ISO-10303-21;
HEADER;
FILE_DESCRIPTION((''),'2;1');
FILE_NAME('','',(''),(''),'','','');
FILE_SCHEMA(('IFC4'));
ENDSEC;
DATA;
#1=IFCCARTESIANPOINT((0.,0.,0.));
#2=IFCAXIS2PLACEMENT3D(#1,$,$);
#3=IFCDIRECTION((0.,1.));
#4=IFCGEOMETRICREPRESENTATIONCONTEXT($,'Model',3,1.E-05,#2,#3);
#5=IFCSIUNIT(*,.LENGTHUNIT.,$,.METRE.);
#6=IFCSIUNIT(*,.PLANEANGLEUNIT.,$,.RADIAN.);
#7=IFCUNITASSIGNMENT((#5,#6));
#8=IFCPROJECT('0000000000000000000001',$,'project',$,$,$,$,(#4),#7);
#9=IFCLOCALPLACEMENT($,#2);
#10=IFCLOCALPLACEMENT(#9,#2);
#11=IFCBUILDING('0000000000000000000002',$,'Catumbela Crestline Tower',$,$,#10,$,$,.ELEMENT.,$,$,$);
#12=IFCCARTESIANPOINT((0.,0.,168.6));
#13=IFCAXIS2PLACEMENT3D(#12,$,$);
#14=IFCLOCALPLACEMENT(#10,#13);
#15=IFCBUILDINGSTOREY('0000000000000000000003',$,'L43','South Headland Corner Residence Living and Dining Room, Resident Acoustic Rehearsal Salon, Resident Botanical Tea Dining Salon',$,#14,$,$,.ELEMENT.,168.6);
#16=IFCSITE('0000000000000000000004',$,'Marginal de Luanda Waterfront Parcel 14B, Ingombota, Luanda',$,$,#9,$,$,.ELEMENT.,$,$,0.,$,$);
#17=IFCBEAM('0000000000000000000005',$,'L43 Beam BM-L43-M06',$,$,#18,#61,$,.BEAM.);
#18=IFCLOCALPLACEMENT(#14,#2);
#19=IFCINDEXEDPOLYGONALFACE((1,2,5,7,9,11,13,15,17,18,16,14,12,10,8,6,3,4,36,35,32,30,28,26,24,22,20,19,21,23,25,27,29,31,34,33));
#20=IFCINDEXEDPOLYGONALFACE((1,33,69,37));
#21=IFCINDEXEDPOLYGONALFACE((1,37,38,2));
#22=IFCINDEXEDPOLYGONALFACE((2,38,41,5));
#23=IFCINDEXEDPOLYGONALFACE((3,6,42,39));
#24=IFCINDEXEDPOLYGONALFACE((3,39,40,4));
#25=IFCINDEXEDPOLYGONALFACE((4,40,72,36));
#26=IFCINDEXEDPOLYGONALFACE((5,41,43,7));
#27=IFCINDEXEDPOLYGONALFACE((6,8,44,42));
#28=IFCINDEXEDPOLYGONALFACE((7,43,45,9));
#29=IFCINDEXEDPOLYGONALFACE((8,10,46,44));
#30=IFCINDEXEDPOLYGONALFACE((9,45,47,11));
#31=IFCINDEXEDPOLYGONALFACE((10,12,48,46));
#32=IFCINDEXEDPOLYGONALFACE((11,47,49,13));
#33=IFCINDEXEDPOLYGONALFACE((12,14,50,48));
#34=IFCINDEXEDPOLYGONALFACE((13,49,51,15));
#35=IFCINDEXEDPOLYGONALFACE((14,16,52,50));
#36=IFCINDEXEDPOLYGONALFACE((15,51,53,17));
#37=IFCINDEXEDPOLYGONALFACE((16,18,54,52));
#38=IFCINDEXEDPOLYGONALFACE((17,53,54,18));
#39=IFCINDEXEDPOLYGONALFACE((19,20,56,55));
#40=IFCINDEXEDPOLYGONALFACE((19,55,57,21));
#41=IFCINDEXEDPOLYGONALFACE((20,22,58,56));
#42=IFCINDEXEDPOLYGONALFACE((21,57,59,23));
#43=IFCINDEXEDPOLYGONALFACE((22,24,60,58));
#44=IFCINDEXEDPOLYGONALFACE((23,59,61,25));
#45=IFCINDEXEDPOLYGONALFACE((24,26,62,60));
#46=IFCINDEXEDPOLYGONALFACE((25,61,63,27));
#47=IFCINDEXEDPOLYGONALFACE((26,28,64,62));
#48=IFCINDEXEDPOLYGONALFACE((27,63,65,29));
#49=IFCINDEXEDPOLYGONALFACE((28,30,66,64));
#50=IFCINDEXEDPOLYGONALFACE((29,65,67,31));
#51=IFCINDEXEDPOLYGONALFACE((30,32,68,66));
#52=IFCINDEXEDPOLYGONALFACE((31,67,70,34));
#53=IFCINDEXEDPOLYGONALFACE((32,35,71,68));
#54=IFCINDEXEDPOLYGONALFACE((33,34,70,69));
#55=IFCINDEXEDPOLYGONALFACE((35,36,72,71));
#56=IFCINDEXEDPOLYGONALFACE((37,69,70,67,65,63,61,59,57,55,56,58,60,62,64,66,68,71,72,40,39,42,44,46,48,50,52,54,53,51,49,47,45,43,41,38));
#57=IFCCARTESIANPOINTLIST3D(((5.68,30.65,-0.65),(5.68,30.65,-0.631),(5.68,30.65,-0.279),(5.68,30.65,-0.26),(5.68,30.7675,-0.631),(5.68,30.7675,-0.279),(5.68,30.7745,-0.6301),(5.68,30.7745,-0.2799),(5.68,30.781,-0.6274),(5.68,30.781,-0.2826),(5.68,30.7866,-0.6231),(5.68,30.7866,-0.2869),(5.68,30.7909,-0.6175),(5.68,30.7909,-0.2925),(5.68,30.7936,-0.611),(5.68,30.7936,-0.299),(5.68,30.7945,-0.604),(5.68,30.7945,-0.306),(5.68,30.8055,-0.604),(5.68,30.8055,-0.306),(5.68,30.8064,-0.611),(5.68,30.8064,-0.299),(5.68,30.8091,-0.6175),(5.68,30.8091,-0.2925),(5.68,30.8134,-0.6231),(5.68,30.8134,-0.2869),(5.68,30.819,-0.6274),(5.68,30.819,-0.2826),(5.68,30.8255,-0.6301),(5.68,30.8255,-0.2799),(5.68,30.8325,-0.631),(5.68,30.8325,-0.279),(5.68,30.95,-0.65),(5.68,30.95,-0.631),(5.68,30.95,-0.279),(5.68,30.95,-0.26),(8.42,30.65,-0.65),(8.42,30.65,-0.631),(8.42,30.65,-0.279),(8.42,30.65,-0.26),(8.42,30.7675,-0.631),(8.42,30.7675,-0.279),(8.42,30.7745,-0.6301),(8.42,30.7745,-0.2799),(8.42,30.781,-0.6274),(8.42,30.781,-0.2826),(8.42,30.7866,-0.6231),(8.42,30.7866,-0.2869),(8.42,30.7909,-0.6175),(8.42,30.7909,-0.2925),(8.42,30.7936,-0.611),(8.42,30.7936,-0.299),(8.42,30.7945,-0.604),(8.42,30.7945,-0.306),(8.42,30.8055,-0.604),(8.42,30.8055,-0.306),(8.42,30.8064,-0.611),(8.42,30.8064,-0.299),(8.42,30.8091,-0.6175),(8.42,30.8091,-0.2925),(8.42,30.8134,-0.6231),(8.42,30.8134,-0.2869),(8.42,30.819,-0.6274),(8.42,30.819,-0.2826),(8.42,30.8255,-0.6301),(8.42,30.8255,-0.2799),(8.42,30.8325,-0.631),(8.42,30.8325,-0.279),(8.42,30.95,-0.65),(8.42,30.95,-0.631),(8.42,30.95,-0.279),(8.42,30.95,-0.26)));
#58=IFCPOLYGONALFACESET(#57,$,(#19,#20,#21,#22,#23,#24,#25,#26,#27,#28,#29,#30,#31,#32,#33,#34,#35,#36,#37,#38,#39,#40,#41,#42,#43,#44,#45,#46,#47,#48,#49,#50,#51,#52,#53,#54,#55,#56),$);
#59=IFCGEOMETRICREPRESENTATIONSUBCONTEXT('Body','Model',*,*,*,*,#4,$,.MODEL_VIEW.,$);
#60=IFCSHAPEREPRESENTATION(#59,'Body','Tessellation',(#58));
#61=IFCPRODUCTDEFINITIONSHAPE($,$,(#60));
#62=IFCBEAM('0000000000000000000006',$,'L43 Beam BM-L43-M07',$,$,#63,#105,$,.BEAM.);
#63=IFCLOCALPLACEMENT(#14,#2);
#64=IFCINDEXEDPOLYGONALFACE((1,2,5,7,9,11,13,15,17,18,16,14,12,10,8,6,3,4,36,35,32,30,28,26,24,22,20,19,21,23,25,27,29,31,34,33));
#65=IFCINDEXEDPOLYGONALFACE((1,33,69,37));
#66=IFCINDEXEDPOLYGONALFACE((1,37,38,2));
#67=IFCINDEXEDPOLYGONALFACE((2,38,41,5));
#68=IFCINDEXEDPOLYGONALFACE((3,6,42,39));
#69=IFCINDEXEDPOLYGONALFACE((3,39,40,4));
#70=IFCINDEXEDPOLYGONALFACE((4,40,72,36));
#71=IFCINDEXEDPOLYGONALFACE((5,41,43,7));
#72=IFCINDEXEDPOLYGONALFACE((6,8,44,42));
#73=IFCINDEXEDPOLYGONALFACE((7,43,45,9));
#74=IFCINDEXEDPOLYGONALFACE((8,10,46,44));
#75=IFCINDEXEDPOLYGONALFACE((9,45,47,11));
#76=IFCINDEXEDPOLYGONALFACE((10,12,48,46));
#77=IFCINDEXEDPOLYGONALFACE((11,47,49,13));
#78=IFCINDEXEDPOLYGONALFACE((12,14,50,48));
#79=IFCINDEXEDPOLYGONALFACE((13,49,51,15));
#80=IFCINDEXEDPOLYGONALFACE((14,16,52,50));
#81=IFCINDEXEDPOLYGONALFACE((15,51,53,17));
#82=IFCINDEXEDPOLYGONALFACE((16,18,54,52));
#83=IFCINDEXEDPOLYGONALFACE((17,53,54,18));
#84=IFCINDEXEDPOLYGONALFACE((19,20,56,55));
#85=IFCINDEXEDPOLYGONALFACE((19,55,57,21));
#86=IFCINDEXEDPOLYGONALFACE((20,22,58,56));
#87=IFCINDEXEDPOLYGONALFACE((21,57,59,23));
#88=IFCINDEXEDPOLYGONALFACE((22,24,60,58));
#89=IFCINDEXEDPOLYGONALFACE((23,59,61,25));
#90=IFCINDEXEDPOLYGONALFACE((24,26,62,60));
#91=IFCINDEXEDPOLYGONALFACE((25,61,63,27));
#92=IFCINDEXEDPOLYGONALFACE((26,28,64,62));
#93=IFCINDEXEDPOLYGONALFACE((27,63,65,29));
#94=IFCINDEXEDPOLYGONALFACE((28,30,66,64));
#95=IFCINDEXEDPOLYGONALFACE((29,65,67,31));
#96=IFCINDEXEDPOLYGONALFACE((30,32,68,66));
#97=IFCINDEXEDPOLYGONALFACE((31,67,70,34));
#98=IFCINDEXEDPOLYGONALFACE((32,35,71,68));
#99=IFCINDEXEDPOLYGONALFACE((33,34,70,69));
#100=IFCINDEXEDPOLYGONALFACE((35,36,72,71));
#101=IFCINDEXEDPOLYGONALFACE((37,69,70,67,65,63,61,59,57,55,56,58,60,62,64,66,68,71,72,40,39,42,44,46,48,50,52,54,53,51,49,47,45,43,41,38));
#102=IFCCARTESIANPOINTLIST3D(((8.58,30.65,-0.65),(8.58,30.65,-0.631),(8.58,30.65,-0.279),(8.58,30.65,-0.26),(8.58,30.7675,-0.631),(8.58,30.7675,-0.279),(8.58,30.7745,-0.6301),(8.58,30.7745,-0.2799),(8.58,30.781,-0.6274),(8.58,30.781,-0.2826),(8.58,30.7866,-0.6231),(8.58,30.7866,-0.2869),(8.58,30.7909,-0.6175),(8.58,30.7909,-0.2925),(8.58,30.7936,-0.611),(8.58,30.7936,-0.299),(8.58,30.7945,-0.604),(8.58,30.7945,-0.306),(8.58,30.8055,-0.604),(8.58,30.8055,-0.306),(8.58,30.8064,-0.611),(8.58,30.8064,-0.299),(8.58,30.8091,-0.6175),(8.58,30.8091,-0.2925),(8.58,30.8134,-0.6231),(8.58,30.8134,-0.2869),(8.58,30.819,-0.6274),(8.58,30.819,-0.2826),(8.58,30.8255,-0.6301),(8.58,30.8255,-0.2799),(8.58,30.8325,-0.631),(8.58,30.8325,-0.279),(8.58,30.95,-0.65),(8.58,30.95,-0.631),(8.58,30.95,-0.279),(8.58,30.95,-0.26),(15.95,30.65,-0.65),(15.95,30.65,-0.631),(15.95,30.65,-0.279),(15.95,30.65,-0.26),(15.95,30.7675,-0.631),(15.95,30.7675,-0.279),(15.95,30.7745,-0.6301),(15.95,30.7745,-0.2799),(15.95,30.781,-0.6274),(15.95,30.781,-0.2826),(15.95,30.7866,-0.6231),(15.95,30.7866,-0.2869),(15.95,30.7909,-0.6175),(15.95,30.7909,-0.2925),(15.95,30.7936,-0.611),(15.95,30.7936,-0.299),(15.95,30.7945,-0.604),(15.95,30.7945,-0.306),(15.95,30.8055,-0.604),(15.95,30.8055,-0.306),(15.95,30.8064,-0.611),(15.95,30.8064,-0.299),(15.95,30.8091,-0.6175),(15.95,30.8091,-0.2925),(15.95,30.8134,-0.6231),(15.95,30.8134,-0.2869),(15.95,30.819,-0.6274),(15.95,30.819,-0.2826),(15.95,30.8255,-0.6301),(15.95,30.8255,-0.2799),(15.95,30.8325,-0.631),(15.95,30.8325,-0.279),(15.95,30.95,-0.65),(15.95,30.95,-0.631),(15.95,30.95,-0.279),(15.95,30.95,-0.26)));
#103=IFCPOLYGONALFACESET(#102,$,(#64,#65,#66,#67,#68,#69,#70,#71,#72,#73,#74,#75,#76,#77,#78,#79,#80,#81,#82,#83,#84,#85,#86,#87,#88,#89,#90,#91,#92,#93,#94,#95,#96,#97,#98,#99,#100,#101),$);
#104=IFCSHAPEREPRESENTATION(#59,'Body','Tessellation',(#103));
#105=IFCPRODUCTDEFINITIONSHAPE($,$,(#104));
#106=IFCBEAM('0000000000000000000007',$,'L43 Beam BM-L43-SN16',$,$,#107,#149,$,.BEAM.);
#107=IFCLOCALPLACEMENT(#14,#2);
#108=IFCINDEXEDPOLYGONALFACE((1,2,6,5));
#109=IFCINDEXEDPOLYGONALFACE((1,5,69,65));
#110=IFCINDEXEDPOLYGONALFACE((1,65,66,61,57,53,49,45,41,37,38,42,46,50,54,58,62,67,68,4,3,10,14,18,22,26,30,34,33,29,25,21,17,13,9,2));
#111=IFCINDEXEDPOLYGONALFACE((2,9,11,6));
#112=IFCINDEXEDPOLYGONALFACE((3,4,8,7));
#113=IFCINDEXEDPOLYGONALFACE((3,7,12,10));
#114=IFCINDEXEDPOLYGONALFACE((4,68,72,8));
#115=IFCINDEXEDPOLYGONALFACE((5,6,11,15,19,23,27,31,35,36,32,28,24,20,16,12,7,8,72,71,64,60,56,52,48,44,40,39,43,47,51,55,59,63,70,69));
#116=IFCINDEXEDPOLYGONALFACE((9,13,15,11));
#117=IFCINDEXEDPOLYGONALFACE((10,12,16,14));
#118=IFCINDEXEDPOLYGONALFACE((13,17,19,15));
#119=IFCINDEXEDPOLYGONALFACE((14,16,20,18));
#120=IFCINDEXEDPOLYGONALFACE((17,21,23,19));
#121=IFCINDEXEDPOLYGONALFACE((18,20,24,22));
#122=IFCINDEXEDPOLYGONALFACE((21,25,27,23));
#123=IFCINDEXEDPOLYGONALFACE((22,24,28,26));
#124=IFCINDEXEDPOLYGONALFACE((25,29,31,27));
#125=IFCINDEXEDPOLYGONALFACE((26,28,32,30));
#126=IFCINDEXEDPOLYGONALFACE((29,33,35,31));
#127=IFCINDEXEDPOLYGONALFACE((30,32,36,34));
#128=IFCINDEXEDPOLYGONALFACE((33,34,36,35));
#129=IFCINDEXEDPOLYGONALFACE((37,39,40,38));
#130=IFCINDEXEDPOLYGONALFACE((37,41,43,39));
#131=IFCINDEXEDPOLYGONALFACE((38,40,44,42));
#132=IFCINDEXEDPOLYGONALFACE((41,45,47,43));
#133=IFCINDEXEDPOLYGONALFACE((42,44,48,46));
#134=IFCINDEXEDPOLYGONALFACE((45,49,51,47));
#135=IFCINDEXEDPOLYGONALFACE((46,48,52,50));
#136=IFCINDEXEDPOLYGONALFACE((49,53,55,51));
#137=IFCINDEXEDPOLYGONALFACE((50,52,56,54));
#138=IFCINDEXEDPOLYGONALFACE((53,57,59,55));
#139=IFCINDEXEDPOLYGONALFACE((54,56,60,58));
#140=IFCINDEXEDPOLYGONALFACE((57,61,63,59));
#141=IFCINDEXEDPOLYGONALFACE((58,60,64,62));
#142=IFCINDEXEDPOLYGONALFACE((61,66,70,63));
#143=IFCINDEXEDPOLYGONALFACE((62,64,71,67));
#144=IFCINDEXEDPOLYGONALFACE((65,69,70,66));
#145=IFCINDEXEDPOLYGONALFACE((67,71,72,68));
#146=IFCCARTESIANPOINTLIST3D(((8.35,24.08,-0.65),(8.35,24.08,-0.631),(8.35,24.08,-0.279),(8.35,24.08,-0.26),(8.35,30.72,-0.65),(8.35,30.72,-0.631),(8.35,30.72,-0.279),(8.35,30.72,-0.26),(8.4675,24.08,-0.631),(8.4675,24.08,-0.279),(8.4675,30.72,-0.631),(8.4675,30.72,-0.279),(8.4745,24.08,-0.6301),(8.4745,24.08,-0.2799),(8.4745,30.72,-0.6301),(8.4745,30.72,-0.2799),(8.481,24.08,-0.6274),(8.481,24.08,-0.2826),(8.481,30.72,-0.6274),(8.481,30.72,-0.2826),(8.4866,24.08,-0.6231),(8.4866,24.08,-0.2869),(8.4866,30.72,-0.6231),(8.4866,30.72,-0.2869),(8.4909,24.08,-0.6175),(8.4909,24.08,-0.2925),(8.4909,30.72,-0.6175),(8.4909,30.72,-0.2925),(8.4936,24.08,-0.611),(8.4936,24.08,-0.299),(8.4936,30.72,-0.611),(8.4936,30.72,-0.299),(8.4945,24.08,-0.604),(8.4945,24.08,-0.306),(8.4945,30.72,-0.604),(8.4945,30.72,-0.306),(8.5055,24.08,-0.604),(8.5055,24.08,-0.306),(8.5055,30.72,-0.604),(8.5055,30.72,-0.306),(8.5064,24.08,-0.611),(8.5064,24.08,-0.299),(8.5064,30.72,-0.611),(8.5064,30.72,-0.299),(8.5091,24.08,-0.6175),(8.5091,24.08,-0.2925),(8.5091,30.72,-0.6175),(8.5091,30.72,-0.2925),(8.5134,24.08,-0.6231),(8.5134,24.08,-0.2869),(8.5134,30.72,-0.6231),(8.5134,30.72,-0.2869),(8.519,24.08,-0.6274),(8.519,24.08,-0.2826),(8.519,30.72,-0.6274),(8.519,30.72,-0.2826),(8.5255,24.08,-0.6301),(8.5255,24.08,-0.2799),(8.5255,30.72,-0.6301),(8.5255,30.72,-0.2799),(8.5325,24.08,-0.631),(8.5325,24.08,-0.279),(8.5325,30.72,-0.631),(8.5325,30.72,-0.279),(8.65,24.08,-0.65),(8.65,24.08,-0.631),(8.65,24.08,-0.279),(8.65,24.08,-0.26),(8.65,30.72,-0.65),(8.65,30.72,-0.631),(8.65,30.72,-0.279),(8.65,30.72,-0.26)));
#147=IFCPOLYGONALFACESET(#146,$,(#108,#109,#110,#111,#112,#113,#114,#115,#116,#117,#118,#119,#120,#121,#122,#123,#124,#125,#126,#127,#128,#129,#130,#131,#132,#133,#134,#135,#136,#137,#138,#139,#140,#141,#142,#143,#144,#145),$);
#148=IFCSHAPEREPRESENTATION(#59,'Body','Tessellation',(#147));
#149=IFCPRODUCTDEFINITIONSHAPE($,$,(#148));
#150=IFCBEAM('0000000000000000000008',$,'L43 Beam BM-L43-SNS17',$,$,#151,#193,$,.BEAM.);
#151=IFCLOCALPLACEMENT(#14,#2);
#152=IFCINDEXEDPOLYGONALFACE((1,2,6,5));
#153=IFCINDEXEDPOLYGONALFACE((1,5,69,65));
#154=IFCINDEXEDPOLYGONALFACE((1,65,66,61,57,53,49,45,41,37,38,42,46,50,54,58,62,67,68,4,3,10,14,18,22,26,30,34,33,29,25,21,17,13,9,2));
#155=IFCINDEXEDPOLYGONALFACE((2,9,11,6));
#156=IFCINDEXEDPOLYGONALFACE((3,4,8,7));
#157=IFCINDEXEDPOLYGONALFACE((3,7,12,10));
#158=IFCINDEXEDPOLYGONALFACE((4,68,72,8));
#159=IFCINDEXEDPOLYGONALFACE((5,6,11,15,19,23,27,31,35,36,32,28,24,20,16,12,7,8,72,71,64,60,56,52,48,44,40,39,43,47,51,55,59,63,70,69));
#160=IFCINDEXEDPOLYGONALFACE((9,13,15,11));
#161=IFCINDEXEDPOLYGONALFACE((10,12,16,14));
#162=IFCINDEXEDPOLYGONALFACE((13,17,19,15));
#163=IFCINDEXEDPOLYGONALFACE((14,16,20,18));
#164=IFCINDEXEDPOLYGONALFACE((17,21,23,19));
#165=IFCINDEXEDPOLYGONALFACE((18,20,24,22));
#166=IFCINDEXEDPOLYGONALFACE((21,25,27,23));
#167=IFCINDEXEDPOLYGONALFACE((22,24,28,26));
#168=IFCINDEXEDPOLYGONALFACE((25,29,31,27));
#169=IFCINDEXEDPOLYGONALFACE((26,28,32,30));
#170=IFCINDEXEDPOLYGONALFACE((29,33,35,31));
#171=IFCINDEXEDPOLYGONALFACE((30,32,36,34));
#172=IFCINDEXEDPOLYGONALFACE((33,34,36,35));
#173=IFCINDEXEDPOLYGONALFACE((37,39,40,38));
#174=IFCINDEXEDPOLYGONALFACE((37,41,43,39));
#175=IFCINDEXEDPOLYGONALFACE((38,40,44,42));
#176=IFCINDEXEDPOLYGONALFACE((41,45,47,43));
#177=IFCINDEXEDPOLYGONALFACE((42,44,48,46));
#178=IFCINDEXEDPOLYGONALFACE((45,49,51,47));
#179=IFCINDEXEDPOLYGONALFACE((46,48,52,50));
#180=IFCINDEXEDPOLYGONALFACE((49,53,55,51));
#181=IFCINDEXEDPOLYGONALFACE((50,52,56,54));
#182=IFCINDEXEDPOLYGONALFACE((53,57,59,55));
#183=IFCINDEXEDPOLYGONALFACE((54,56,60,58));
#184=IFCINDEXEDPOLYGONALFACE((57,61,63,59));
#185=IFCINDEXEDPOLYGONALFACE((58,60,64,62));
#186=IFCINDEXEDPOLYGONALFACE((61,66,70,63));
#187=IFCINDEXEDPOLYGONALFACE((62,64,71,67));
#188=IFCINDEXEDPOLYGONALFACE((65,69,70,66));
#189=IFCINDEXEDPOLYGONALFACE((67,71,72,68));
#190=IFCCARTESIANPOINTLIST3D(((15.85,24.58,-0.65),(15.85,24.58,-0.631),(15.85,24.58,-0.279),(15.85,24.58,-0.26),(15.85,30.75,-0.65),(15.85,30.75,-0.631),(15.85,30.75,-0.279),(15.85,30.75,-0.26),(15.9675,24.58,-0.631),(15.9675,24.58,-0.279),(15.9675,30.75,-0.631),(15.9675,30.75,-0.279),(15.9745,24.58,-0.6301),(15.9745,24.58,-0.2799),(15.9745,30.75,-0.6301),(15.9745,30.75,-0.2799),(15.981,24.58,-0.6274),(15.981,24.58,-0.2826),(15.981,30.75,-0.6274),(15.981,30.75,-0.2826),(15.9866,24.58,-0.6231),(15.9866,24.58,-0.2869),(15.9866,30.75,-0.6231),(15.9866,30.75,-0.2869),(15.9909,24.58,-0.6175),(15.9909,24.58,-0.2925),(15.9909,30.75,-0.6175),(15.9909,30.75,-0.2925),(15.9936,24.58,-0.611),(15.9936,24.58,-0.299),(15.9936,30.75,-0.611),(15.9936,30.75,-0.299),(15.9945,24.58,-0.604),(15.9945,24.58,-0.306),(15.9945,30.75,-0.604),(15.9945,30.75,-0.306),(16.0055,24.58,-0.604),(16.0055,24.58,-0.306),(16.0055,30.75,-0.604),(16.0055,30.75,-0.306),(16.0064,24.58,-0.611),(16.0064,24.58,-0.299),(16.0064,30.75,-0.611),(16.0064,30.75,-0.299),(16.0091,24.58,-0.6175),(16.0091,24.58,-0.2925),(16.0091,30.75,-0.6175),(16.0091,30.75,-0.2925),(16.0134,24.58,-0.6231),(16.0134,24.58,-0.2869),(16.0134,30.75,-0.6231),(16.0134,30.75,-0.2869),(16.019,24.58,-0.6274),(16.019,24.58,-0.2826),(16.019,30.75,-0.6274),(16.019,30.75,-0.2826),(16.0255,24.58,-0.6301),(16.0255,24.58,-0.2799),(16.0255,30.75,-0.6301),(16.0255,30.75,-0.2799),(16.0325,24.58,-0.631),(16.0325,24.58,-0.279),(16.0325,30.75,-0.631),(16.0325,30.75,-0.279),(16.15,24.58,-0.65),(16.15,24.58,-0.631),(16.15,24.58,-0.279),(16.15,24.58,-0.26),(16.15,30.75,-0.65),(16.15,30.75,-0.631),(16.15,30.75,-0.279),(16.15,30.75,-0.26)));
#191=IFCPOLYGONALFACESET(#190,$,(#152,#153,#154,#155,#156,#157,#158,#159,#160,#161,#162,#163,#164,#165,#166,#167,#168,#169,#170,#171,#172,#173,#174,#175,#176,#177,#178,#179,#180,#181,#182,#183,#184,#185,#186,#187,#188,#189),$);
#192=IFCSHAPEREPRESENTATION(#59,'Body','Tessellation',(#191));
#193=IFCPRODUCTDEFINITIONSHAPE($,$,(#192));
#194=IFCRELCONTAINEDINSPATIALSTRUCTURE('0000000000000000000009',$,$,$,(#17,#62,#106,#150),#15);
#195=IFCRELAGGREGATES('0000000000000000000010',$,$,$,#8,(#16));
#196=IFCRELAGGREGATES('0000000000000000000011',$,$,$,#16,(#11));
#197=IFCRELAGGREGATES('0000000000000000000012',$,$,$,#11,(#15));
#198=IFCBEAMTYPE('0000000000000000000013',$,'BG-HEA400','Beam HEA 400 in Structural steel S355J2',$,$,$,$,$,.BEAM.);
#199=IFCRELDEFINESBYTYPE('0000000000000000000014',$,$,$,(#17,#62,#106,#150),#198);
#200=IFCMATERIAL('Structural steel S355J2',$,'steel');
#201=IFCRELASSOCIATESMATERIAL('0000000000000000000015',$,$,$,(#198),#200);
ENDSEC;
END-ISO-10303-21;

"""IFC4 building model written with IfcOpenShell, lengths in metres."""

from ifc_helpers import new_model, si_unit, direction, frame, origin, origin_2d, place, context, subcontext, project, spatial, i_section, extrude, material, material_profile, profile_set, type_object, element, save


model = new_model("IFC4")

# Units and contexts
model_context = context("Model", 3, precision=1e-05, world=origin(), true_north=direction((0.0, 1.0)))
body_context = subcontext(model_context, "Body", "Model", "MODEL_VIEW")
ifc_project = project(units=[si_unit("LENGTHUNIT", "METRE"), si_unit("PLANEANGLEUNIT", "RADIAN")], contexts=[model_context])

# Site, building, storey
site_placement = place(None, origin())
site = spatial("IfcSite", under=ifc_project, at=site_placement, Name="Marginal de Luanda Waterfront Parcel 14B, Ingombota, Luanda", CompositionType="ELEMENT", RefElevation=0.0)
building_placement = place(site_placement, origin())
building = spatial("IfcBuilding", under=site, at=building_placement, Name="Catumbela Crestline Tower", CompositionType="ELEMENT")
storey_placement = place(building_placement, frame((0.0, 0.0, 168.6)))
storey = spatial("IfcBuildingStorey", under=building, at=storey_placement, Name="L43", Description="South Headland Corner Residence Living and Dining Room, Resident Acoustic Rehearsal Salon, Resident Botanical Tea Dining Salon", CompositionType="ELEMENT", Elevation=168.6)

# Beams
ifc_material_1 = material(Name="Structural steel S355J2", Category="steel")
ifc_material_profile_1 = material_profile(ifc_material_1, i_section(OverallWidth=0.3, OverallDepth=0.39, WebThickness=0.011, FlangeThickness=0.019, FilletRadius=0.027, at=origin_2d()), Name="HEA 400")
ifc_profile_set_1 = profile_set([ifc_material_profile_1], Name="Structural steel S355J2")
beam_type_1 = type_object("IfcBeamType", Name="BG-HEA400", Description="Beam HEA 400 in Structural steel S355J2", PredefinedType="BEAM", material=ifc_profile_set_1)
beam_1_placement = place(storey_placement, frame((5.68, 30.8, -0.455), z_axis=(1.0, 0.0, 0.0), x_axis=(0.0, 1.0, 0.0)))
element("IfcBeam", 1, at=beam_1_placement, inside=storey, type_object=beam_type_1, Name="L43 Beam BM-L43-M06", PredefinedType="BEAM", context=body_context, shape_type="SweptSolid", body=[
    extrude(i_section(OverallWidth=0.3, OverallDepth=0.39, WebThickness=0.011, FlangeThickness=0.019, FilletRadius=0.027, at=origin_2d()), origin(), (0.0, 0.0, 1.0), 2.74),
])
beam_2_placement = place(storey_placement, frame((8.58, 30.8, -0.455), z_axis=(1.0, 0.0, 0.0), x_axis=(0.0, 1.0, 0.0)))
element("IfcBeam", 2, at=beam_2_placement, inside=storey, type_object=beam_type_1, Name="L43 Beam BM-L43-M07", PredefinedType="BEAM", context=body_context, shape_type="SweptSolid", body=[
    extrude(i_section(OverallWidth=0.3, OverallDepth=0.39, WebThickness=0.011, FlangeThickness=0.019, FilletRadius=0.027, at=origin_2d()), origin(), (0.0, 0.0, 1.0), 7.37),
])
beam_3_placement = place(storey_placement, frame((8.5, 24.08, -0.455), z_axis=(0.0, 1.0, 0.0), x_axis=(-1.0, 0.0, 0.0)))
element("IfcBeam", 3, at=beam_3_placement, inside=storey, type_object=beam_type_1, Name="L43 Beam BM-L43-SN16", PredefinedType="BEAM", context=body_context, shape_type="SweptSolid", body=[
    extrude(i_section(OverallWidth=0.3, OverallDepth=0.39, WebThickness=0.011, FlangeThickness=0.019, FilletRadius=0.027, at=origin_2d()), origin(), (0.0, 0.0, 1.0), 6.64),
])
beam_4_placement = place(storey_placement, frame((16.0, 24.58, -0.455), z_axis=(0.0, 1.0, 0.0), x_axis=(-1.0, 0.0, 0.0)))
element("IfcBeam", 4, at=beam_4_placement, inside=storey, type_object=beam_type_1, Name="L43 Beam BM-L43-SNS17", PredefinedType="BEAM", context=body_context, shape_type="SweptSolid", body=[
    extrude(i_section(OverallWidth=0.3, OverallDepth=0.39, WebThickness=0.011, FlangeThickness=0.019, FilletRadius=0.027, at=origin_2d()), origin(), (0.0, 0.0, 1.0), 6.17),
])

save(model, "model.ifc")
